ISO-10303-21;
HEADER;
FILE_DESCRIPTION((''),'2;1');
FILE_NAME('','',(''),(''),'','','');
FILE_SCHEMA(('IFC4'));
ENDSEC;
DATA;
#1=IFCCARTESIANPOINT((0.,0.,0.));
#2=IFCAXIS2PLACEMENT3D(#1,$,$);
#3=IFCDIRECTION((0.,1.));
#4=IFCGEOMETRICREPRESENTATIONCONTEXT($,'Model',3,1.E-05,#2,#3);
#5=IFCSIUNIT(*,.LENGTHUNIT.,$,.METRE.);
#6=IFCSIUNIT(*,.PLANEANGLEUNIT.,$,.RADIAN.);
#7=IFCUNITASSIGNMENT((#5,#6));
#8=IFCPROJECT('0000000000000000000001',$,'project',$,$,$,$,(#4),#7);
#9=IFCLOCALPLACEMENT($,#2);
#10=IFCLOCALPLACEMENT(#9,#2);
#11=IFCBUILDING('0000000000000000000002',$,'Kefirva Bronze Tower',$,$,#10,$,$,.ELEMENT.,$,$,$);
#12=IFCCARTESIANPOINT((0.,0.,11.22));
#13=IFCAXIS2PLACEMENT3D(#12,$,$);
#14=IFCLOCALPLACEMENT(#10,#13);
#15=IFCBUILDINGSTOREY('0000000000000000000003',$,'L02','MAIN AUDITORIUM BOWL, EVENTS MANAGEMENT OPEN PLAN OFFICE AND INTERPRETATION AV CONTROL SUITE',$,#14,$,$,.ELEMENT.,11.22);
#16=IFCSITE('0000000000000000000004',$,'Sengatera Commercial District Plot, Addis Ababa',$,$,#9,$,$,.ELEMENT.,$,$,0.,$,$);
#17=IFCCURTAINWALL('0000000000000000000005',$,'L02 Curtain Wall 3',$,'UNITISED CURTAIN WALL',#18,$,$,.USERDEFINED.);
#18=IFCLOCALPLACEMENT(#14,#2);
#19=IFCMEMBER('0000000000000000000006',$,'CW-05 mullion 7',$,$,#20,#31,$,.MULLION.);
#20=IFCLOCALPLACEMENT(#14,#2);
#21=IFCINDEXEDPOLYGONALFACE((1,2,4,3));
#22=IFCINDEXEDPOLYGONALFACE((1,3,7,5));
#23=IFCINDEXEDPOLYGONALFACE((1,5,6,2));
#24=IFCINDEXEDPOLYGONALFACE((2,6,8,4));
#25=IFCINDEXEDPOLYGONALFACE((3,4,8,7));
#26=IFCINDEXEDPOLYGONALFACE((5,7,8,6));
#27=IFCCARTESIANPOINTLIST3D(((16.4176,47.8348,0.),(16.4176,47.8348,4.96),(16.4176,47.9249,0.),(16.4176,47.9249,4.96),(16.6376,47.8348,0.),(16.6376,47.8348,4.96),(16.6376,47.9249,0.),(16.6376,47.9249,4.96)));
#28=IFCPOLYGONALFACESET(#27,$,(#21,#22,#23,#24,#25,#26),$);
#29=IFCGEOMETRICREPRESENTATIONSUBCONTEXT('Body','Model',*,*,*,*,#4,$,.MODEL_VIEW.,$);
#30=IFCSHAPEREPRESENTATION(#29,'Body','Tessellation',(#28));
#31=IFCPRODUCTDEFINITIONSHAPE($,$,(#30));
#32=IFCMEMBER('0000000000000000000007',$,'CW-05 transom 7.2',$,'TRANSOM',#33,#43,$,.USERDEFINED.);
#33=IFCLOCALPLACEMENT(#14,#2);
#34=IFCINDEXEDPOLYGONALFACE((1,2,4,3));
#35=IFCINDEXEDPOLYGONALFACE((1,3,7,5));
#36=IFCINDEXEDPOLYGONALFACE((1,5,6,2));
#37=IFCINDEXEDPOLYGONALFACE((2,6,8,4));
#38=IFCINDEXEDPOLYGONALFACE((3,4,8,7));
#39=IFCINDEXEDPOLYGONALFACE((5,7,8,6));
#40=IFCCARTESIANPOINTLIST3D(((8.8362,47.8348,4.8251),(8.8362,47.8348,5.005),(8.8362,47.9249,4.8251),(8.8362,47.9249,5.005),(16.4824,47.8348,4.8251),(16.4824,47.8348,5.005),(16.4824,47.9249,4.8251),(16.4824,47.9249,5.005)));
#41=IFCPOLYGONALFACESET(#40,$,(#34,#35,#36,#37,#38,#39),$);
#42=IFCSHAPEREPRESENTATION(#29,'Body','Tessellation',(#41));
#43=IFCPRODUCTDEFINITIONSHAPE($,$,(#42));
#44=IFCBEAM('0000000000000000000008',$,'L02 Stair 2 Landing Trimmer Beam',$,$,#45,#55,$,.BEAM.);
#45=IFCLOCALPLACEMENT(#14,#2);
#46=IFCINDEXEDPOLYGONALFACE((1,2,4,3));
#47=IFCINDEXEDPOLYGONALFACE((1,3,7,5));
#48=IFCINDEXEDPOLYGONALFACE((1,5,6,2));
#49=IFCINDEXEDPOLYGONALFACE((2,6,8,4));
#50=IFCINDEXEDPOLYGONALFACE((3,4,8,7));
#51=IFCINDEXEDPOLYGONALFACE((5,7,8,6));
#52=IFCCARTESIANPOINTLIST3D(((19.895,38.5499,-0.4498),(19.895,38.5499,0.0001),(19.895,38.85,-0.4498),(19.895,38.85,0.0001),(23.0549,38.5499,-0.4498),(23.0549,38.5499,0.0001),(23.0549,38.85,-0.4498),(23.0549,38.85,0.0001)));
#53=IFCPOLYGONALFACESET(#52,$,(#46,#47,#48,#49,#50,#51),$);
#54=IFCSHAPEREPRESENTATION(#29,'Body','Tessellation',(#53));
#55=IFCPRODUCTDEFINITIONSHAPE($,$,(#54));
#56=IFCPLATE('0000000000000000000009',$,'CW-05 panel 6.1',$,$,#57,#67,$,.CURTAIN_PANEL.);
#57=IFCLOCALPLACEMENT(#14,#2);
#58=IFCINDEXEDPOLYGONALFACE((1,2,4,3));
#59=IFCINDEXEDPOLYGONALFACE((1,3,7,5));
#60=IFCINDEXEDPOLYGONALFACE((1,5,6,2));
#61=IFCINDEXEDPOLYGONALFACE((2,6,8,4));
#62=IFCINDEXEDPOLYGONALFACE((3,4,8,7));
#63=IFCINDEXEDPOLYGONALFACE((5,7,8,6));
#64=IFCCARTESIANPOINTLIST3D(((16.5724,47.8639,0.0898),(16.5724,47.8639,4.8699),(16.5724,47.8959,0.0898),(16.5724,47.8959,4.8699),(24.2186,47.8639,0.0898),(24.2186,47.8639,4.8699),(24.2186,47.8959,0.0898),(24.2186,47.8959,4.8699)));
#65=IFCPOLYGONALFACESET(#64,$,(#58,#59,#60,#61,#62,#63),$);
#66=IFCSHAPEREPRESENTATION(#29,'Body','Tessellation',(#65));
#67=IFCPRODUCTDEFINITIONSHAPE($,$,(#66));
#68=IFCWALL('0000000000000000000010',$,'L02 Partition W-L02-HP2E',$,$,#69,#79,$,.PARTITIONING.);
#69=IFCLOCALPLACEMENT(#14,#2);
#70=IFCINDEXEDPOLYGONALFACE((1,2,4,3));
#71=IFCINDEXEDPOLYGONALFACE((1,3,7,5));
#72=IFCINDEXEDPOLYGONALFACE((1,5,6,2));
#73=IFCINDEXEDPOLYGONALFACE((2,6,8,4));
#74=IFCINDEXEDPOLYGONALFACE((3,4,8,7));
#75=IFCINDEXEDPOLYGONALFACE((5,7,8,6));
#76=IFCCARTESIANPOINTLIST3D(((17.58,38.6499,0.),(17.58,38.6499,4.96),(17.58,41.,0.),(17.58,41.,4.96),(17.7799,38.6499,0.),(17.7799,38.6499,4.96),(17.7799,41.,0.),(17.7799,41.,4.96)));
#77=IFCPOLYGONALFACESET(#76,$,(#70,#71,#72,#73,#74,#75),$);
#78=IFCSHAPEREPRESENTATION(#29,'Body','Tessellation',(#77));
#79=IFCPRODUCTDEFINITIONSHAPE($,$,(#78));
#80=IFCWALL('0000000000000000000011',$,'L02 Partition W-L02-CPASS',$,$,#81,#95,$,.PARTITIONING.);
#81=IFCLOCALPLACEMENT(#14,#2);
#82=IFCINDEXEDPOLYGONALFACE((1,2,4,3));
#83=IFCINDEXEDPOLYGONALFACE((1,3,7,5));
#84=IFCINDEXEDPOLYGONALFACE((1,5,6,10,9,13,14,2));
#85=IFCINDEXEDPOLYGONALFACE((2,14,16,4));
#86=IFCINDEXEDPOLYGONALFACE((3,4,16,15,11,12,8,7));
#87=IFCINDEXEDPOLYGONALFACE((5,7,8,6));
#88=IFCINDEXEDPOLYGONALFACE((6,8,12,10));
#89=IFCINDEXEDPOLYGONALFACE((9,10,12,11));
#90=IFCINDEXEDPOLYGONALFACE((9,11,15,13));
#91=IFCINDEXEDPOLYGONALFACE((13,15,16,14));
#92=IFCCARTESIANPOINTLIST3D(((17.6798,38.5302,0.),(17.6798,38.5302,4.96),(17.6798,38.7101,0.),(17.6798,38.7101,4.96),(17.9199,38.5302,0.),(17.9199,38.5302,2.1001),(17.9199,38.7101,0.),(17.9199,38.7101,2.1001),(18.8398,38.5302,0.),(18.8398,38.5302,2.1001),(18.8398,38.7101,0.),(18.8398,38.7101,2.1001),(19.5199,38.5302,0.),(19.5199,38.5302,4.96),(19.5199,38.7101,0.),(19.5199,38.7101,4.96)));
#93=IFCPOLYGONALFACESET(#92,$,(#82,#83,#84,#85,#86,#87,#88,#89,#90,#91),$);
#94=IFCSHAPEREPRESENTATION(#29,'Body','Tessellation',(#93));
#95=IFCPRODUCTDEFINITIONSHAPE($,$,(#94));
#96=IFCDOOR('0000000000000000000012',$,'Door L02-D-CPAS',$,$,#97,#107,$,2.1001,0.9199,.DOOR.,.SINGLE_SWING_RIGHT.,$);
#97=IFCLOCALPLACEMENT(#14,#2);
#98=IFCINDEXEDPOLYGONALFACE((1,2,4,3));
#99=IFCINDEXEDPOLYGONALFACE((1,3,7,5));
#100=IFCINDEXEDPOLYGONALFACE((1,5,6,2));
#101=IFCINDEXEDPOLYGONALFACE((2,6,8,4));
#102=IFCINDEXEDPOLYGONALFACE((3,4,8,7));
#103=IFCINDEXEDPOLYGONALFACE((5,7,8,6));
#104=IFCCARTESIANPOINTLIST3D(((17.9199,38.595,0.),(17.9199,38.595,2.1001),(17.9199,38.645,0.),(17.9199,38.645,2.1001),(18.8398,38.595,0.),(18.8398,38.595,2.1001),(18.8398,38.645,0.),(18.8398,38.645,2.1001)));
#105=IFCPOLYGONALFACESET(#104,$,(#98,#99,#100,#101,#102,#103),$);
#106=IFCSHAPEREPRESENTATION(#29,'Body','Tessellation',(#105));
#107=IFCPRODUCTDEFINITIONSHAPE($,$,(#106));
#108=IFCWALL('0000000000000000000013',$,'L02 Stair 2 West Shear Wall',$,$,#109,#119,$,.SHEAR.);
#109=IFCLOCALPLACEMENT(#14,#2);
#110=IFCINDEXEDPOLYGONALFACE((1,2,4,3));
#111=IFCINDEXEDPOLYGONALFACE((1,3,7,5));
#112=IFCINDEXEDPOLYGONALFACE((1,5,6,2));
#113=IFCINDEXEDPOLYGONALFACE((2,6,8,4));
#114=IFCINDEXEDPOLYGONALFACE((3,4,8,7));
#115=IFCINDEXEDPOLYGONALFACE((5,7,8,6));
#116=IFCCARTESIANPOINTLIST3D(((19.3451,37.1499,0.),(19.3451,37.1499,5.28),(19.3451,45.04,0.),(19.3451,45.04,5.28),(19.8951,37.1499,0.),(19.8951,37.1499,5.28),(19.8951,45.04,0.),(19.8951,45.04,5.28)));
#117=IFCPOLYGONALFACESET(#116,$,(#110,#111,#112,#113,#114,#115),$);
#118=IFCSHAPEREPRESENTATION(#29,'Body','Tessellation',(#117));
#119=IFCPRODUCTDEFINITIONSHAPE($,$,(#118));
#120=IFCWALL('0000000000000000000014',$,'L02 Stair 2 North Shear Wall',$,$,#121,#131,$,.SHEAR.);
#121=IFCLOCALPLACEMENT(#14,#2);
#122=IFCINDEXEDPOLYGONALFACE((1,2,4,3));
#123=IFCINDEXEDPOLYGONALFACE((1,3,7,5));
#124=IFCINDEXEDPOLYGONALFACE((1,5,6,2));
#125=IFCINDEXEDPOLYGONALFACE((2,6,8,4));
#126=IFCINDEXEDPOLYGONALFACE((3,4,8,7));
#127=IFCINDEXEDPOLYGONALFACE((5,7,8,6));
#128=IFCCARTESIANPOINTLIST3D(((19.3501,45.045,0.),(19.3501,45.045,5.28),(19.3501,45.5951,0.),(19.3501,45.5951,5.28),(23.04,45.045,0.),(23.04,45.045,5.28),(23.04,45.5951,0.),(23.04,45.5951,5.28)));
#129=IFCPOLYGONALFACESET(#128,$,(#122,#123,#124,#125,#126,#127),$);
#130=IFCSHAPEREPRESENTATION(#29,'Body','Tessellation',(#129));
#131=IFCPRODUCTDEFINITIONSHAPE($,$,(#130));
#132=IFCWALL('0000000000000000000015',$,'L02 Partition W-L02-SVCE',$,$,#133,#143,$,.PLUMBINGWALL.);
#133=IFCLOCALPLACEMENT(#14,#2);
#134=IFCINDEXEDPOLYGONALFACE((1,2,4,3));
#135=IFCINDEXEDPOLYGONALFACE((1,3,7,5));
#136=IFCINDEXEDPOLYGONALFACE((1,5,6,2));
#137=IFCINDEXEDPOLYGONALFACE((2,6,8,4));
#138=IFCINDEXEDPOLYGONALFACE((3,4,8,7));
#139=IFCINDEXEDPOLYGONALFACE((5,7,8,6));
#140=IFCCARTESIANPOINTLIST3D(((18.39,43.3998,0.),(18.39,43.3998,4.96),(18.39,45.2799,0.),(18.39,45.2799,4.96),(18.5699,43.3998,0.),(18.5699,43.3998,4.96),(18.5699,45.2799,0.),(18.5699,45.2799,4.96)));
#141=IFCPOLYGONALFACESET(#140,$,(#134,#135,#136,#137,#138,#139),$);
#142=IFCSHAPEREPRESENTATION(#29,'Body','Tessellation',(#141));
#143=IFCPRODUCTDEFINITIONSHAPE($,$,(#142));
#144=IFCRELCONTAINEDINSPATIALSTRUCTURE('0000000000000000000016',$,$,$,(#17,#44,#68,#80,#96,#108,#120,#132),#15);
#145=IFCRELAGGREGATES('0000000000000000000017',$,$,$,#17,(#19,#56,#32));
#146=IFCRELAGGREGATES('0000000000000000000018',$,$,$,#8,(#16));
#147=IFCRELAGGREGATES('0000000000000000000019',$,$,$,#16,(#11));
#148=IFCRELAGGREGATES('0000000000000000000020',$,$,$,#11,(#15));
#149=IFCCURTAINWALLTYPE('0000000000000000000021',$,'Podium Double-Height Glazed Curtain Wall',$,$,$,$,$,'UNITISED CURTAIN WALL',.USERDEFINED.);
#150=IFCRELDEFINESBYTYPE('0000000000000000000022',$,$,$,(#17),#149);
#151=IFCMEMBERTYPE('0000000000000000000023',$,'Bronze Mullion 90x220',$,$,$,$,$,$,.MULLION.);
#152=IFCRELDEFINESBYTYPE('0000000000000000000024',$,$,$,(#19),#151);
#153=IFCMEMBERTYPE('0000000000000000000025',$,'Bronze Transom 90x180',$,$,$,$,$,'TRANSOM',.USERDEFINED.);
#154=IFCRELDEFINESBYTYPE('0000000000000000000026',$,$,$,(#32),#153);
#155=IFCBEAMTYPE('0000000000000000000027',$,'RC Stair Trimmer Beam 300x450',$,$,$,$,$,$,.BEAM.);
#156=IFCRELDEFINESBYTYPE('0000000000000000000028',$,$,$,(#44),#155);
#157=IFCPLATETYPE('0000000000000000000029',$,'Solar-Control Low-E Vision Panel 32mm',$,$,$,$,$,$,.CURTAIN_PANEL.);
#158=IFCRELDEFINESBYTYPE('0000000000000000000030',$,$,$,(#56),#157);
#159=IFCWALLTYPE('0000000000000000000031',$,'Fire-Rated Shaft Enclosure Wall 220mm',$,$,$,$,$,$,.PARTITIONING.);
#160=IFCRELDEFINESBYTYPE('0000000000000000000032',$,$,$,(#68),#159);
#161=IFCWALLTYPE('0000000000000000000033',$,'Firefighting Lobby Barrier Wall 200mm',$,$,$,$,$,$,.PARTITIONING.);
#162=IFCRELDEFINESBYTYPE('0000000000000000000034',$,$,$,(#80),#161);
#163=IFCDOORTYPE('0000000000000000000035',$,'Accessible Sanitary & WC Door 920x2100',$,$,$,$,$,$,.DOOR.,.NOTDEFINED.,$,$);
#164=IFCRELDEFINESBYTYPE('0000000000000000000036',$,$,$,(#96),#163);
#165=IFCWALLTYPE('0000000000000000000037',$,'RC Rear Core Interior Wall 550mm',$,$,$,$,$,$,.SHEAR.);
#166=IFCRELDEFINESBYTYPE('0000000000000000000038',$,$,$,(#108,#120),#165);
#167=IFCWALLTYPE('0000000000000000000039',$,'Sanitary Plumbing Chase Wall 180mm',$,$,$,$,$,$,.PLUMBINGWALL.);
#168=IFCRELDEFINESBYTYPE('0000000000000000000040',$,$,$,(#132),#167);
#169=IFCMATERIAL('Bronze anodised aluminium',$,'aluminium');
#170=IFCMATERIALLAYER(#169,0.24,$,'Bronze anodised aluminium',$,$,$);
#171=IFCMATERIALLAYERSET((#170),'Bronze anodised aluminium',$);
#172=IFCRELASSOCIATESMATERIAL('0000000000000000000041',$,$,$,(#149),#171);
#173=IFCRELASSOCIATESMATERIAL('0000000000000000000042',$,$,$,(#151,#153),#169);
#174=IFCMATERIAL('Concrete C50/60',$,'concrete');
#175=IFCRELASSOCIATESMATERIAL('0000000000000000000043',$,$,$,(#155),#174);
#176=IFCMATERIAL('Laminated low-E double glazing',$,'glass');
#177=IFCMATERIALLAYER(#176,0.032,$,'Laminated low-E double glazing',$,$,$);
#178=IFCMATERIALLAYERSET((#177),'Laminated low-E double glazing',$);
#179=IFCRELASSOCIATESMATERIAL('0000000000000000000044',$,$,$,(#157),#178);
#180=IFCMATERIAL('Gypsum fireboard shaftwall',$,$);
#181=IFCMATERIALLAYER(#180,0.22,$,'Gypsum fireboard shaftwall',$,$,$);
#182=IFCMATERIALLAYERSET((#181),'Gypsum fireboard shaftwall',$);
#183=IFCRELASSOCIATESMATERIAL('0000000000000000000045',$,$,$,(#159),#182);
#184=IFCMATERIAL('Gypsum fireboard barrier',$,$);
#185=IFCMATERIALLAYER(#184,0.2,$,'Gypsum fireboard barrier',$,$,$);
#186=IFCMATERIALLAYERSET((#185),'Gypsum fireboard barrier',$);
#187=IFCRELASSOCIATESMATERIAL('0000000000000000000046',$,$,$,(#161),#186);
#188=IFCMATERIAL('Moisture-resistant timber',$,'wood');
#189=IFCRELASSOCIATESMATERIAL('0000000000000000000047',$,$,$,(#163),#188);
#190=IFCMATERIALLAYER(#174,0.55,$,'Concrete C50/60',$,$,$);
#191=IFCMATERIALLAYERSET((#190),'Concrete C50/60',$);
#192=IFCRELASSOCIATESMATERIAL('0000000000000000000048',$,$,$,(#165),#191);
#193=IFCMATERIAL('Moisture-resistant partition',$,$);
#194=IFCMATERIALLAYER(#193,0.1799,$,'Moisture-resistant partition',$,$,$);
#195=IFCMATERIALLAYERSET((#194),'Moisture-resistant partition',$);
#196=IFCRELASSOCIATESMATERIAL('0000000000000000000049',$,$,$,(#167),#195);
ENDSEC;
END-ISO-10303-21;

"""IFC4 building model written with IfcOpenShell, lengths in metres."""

from ifc_helpers import new_model, si_unit, direction, frame, frame_2d, origin, origin_2d, place, context, subcontext, project, spatial, rectangle, extrude, material, layer, layer_set, material_profile, profile_set, type_object, element, fill, aggregate, save


model = new_model("IFC4")

# Units and contexts
model_context = context("Model", 3, precision=1e-05, world=origin(), true_north=direction((0.0, 1.0)))
body_context = subcontext(model_context, "Body", "Model", "MODEL_VIEW")
ifc_project = project(units=[si_unit("LENGTHUNIT", "METRE"), si_unit("PLANEANGLEUNIT", "RADIAN")], contexts=[model_context])

# Site, building, storey
site_placement = place(None, origin())
site = spatial("IfcSite", under=ifc_project, at=site_placement, Name="Sengatera Commercial District Plot, Addis Ababa", CompositionType="ELEMENT", RefElevation=0.0)
building_placement = place(site_placement, origin())
building = spatial("IfcBuilding", under=site, at=building_placement, Name="Kefirva Bronze Tower", CompositionType="ELEMENT")
storey_placement = place(building_placement, frame((0.0, 0.0, 11.22)))
storey = spatial("IfcBuildingStorey", under=building, at=storey_placement, Name="L02", Description="MAIN AUDITORIUM BOWL, EVENTS MANAGEMENT OPEN PLAN OFFICE AND INTERPRETATION AV CONTROL SUITE", CompositionType="ELEMENT", Elevation=11.22)

# Curtain wall, members
ifc_material_1 = material(Name="Bronze anodised aluminium", Category="aluminium")
ifc_layer_1 = layer(ifc_material_1, 0.24, Name="Bronze anodised aluminium")
ifc_layer_set_1 = layer_set([ifc_layer_1], Name="Bronze anodised aluminium")
curtain_wall_type = type_object("IfcCurtainWallType", Name="Podium Double-Height Glazed Curtain Wall", ElementType="UNITISED CURTAIN WALL", PredefinedType="USERDEFINED", material=ifc_layer_set_1)
curtain_wall_placement = place(storey_placement, origin())
curtain_wall = element("IfcCurtainWall", 1, at=curtain_wall_placement, inside=storey, type_object=curtain_wall_type, Name="L02 Curtain Wall 3", ObjectType="UNITISED CURTAIN WALL", PredefinedType="USERDEFINED")
ifc_material_profile_1 = material_profile(ifc_material_1, rectangle(XDim=0.0901, YDim=0.22, at=origin_2d()), Name="ALU 90x220")
ifc_profile_set_1 = profile_set([ifc_material_profile_1], Name="Bronze anodised aluminium")
member_type_1 = type_object("IfcMemberType", Name="Bronze Mullion 90x220", PredefinedType="MULLION", material=ifc_profile_set_1)
member_1_placement = place(storey_placement, frame((16.5276, 47.8799, 0.0), z_axis=(0.0, 0.0, 1.0), x_axis=(0.0, -1.0, 0.0)))
member_1 = element("IfcMember", 2, at=member_1_placement, type_object=member_type_1, Name="CW-05 mullion 7", PredefinedType="MULLION", context=body_context, shape_type="SweptSolid", body=[
    extrude(rectangle(XDim=0.0901, YDim=0.22, at=origin_2d()), origin(), (0.0, 0.0, 1.0), 4.96),
])
ifc_material_profile_2 = material_profile(ifc_material_1, rectangle(XDim=0.0901, YDim=0.1799, at=origin_2d()), Name="ALU 90x180")
ifc_profile_set_2 = profile_set([ifc_material_profile_2], Name="Bronze anodised aluminium")
member_type_2 = type_object("IfcMemberType", Name="Bronze Transom 90x180", ElementType="TRANSOM", PredefinedType="USERDEFINED", material=ifc_profile_set_2)
member_2_placement = place(storey_placement, frame((16.4824, 47.8799, 4.915), z_axis=(-1.0, 0.0, 0.0), x_axis=(0.0, -1.0, 0.0)))
member_2 = element("IfcMember", 3, at=member_2_placement, type_object=member_type_2, Name="CW-05 transom 7.2", ObjectType="TRANSOM", PredefinedType="USERDEFINED", context=body_context, shape_type="SweptSolid", body=[
    extrude(rectangle(XDim=0.0901, YDim=0.1799, at=origin_2d()), origin(), (0.0, 0.0, 1.0), 7.6462),
])

# Beam
ifc_material_2 = material(Name="Concrete C50/60", Category="concrete")
ifc_material_profile_3 = material_profile(ifc_material_2, rectangle(XDim=0.3, YDim=0.45, at=origin_2d()), Name="RC 300x450")
ifc_profile_set_3 = profile_set([ifc_material_profile_3], Name="Concrete C50/60")
beam_type = type_object("IfcBeamType", Name="RC Stair Trimmer Beam 300x450", PredefinedType="BEAM", material=ifc_profile_set_3)
beam_placement = place(storey_placement, frame((19.895, 38.7, -0.2249), z_axis=(1.0, 0.0, 0.0), x_axis=(0.0, 1.0, 0.0)))
element("IfcBeam", 4, at=beam_placement, inside=storey, type_object=beam_type, Name="L02 Stair 2 Landing Trimmer Beam", PredefinedType="BEAM", context=body_context, shape_type="SweptSolid", body=[
    extrude(rectangle(XDim=0.3, YDim=0.45, at=origin_2d()), origin(), (0.0, 0.0, 1.0), 3.1599),
])

# Plate
ifc_material_3 = material(Name="Laminated low-E double glazing", Category="glass")
ifc_layer_2 = layer(ifc_material_3, 0.032, Name="Laminated low-E double glazing")
ifc_layer_set_2 = layer_set([ifc_layer_2], Name="Laminated low-E double glazing")
plate_type = type_object("IfcPlateType", Name="Solar-Control Low-E Vision Panel 32mm", PredefinedType="CURTAIN_PANEL", material=ifc_layer_set_2)
plate_placement = place(storey_placement, frame((20.3955, 47.8799, 0.0898), z_axis=(0.0, 0.0, 1.0), x_axis=(-1.0, 0.0, 0.0)))
plate = element("IfcPlate", 5, at=plate_placement, type_object=plate_type, Name="CW-05 panel 6.1", PredefinedType="CURTAIN_PANEL", context=body_context, shape_type="SweptSolid", body=[
    extrude(rectangle(XDim=7.6462, YDim=0.032, at=origin_2d()), origin(), (0.0, 0.0, 1.0), 4.78),
])
aggregate(curtain_wall, [member_1, plate, member_2])

# Shared definitions
ifc_material_4 = material(Name="Gypsum fireboard shaftwall")
ifc_layer_3 = layer(ifc_material_4, 0.22, Name="Gypsum fireboard shaftwall")
ifc_layer_set_3 = layer_set([ifc_layer_3], Name="Gypsum fireboard shaftwall")
wall_type_1 = type_object("IfcWallType", Name="Fire-Rated Shaft Enclosure Wall 220mm", PredefinedType="PARTITIONING", material=ifc_layer_set_3)

# Wall
wall_1_placement = place(storey_placement, frame((17.6799, 38.6499, 0.0), z_axis=(0.0, 0.0, 1.0), x_axis=(0.0, 1.0, 0.0)))
element("IfcWall", 6, at=wall_1_placement, inside=storey, type_object=wall_type_1, Name="L02 Partition W-L02-HP2E", PredefinedType="PARTITIONING", context=body_context, shape_type="SweptSolid", body=[
    extrude(rectangle(XDim=2.3501, YDim=0.2, at=frame_2d((1.175, 0.0))), origin(), (0.0, 0.0, 1.0), 4.96),
])

# Wall, opening, door
ifc_material_5 = material(Name="Gypsum fireboard barrier")
ifc_layer_4 = layer(ifc_material_5, 0.2, Name="Gypsum fireboard barrier")
ifc_layer_set_4 = layer_set([ifc_layer_4], Name="Gypsum fireboard barrier")
wall_type_2 = type_object("IfcWallType", Name="Firefighting Lobby Barrier Wall 200mm", PredefinedType="PARTITIONING", material=ifc_layer_set_4)
wall_2_placement = place(storey_placement, frame((17.6799, 38.6201, 0.0), z_axis=(0.0, 0.0, 1.0), x_axis=(1.0, 0.0, 0.0)))
wall_2 = element("IfcWall", 7, at=wall_2_placement, inside=storey, type_object=wall_type_2, Name="L02 Partition W-L02-CPASS", PredefinedType="PARTITIONING", context=body_context, shape_type="SweptSolid", body=[
    extrude(rectangle(XDim=1.8401, YDim=0.1799, at=frame_2d((0.9199, 0.0))), origin(), (0.0, 0.0, 1.0), 4.96),
])
opening_1_placement = place(wall_2_placement, frame((0.24, 0.0, 0.0)))
opening_1 = element("IfcOpeningElement", 8, at=opening_1_placement, cuts=wall_2, PredefinedType="OPENING", context=body_context, shape_type="SweptSolid", body=[
    extrude(rectangle(XDim=0.9199, YDim=2.1001, at=frame_2d((0.46, 1.05))), frame((0.0, 0.1001, 0.0), z_axis=(0.0, -1.0, 0.0), x_axis=(1.0, 0.0, 0.0)), (0.0, 0.0, 1.0), 0.2),
])
ifc_material_6 = material(Name="Moisture-resistant timber", Category="wood")
door_type_1 = type_object("IfcDoorType", Name="Accessible Sanitary & WC Door 920x2100", OperationType="NOTDEFINED", PredefinedType="DOOR", material=ifc_material_6)
door_1_placement = place(opening_1_placement, origin())
door_1 = element("IfcDoor", 9, at=door_1_placement, inside=storey, type_object=door_type_1, Name="Door L02-D-CPAS", OperationType="SINGLE_SWING_RIGHT", OverallHeight=2.1001, OverallWidth=0.9199, PredefinedType="DOOR", context=body_context, shape_type="SweptSolid", body=[
    extrude(rectangle(XDim=0.9199, YDim=2.1001, at=frame_2d((0.46, 1.05))), frame((0.0, 0.0249, 0.0), z_axis=(0.0, -1.0, 0.0), x_axis=(1.0, 0.0, 0.0)), (0.0, 0.0, 1.0), 0.05),
])
fill(opening_1, door_1)

# Walls
ifc_layer_5 = layer(ifc_material_2, 0.55, Name="Concrete C50/60")
ifc_layer_set_5 = layer_set([ifc_layer_5], Name="Concrete C50/60")
wall_type_3 = type_object("IfcWallType", Name="RC Rear Core Interior Wall 550mm", PredefinedType="SHEAR", material=ifc_layer_set_5)
wall_3_placement = place(storey_placement, frame((19.6201, 37.1499, 0.0), z_axis=(0.0, 0.0, 1.0), x_axis=(0.0, 1.0, 0.0)))
element("IfcWall", 10, at=wall_3_placement, inside=storey, type_object=wall_type_3, Name="L02 Stair 2 West Shear Wall", PredefinedType="SHEAR", context=body_context, shape_type="SweptSolid", body=[
    extrude(rectangle(XDim=7.8901, YDim=0.55, at=frame_2d((3.9451, 0.0))), origin(), (0.0, 0.0, 1.0), 5.28),
])
wall_4_placement = place(storey_placement, frame((19.3501, 45.3201, 0.0), z_axis=(0.0, 0.0, 1.0), x_axis=(1.0, 0.0, 0.0)))
element("IfcWall", 11, at=wall_4_placement, inside=storey, type_object=wall_type_3, Name="L02 Stair 2 North Shear Wall", PredefinedType="SHEAR", context=body_context, shape_type="SweptSolid", body=[
    extrude(rectangle(XDim=3.6899, YDim=0.55, at=frame_2d((1.845, 0.0))), origin(), (0.0, 0.0, 1.0), 5.28),
])
ifc_material_7 = material(Name="Moisture-resistant partition")
ifc_layer_6 = layer(ifc_material_7, 0.1799, Name="Moisture-resistant partition")
ifc_layer_set_6 = layer_set([ifc_layer_6], Name="Moisture-resistant partition")
wall_type_4 = type_object("IfcWallType", Name="Sanitary Plumbing Chase Wall 180mm", PredefinedType="PLUMBINGWALL", material=ifc_layer_set_6)
wall_5_placement = place(storey_placement, frame((18.48, 43.3999, 0.0), z_axis=(0.0, 0.0, 1.0), x_axis=(0.0, 1.0, 0.0)))
element("IfcWall", 12, at=wall_5_placement, inside=storey, type_object=wall_type_4, Name="L02 Partition W-L02-SVCE", PredefinedType="PLUMBINGWALL", context=body_context, shape_type="SweptSolid", body=[
    extrude(rectangle(XDim=1.8801, YDim=0.1799, at=frame_2d((0.9399, 0.0))), origin(), (0.0, 0.0, 1.0), 4.96),
])

save(model, "model.ifc")
